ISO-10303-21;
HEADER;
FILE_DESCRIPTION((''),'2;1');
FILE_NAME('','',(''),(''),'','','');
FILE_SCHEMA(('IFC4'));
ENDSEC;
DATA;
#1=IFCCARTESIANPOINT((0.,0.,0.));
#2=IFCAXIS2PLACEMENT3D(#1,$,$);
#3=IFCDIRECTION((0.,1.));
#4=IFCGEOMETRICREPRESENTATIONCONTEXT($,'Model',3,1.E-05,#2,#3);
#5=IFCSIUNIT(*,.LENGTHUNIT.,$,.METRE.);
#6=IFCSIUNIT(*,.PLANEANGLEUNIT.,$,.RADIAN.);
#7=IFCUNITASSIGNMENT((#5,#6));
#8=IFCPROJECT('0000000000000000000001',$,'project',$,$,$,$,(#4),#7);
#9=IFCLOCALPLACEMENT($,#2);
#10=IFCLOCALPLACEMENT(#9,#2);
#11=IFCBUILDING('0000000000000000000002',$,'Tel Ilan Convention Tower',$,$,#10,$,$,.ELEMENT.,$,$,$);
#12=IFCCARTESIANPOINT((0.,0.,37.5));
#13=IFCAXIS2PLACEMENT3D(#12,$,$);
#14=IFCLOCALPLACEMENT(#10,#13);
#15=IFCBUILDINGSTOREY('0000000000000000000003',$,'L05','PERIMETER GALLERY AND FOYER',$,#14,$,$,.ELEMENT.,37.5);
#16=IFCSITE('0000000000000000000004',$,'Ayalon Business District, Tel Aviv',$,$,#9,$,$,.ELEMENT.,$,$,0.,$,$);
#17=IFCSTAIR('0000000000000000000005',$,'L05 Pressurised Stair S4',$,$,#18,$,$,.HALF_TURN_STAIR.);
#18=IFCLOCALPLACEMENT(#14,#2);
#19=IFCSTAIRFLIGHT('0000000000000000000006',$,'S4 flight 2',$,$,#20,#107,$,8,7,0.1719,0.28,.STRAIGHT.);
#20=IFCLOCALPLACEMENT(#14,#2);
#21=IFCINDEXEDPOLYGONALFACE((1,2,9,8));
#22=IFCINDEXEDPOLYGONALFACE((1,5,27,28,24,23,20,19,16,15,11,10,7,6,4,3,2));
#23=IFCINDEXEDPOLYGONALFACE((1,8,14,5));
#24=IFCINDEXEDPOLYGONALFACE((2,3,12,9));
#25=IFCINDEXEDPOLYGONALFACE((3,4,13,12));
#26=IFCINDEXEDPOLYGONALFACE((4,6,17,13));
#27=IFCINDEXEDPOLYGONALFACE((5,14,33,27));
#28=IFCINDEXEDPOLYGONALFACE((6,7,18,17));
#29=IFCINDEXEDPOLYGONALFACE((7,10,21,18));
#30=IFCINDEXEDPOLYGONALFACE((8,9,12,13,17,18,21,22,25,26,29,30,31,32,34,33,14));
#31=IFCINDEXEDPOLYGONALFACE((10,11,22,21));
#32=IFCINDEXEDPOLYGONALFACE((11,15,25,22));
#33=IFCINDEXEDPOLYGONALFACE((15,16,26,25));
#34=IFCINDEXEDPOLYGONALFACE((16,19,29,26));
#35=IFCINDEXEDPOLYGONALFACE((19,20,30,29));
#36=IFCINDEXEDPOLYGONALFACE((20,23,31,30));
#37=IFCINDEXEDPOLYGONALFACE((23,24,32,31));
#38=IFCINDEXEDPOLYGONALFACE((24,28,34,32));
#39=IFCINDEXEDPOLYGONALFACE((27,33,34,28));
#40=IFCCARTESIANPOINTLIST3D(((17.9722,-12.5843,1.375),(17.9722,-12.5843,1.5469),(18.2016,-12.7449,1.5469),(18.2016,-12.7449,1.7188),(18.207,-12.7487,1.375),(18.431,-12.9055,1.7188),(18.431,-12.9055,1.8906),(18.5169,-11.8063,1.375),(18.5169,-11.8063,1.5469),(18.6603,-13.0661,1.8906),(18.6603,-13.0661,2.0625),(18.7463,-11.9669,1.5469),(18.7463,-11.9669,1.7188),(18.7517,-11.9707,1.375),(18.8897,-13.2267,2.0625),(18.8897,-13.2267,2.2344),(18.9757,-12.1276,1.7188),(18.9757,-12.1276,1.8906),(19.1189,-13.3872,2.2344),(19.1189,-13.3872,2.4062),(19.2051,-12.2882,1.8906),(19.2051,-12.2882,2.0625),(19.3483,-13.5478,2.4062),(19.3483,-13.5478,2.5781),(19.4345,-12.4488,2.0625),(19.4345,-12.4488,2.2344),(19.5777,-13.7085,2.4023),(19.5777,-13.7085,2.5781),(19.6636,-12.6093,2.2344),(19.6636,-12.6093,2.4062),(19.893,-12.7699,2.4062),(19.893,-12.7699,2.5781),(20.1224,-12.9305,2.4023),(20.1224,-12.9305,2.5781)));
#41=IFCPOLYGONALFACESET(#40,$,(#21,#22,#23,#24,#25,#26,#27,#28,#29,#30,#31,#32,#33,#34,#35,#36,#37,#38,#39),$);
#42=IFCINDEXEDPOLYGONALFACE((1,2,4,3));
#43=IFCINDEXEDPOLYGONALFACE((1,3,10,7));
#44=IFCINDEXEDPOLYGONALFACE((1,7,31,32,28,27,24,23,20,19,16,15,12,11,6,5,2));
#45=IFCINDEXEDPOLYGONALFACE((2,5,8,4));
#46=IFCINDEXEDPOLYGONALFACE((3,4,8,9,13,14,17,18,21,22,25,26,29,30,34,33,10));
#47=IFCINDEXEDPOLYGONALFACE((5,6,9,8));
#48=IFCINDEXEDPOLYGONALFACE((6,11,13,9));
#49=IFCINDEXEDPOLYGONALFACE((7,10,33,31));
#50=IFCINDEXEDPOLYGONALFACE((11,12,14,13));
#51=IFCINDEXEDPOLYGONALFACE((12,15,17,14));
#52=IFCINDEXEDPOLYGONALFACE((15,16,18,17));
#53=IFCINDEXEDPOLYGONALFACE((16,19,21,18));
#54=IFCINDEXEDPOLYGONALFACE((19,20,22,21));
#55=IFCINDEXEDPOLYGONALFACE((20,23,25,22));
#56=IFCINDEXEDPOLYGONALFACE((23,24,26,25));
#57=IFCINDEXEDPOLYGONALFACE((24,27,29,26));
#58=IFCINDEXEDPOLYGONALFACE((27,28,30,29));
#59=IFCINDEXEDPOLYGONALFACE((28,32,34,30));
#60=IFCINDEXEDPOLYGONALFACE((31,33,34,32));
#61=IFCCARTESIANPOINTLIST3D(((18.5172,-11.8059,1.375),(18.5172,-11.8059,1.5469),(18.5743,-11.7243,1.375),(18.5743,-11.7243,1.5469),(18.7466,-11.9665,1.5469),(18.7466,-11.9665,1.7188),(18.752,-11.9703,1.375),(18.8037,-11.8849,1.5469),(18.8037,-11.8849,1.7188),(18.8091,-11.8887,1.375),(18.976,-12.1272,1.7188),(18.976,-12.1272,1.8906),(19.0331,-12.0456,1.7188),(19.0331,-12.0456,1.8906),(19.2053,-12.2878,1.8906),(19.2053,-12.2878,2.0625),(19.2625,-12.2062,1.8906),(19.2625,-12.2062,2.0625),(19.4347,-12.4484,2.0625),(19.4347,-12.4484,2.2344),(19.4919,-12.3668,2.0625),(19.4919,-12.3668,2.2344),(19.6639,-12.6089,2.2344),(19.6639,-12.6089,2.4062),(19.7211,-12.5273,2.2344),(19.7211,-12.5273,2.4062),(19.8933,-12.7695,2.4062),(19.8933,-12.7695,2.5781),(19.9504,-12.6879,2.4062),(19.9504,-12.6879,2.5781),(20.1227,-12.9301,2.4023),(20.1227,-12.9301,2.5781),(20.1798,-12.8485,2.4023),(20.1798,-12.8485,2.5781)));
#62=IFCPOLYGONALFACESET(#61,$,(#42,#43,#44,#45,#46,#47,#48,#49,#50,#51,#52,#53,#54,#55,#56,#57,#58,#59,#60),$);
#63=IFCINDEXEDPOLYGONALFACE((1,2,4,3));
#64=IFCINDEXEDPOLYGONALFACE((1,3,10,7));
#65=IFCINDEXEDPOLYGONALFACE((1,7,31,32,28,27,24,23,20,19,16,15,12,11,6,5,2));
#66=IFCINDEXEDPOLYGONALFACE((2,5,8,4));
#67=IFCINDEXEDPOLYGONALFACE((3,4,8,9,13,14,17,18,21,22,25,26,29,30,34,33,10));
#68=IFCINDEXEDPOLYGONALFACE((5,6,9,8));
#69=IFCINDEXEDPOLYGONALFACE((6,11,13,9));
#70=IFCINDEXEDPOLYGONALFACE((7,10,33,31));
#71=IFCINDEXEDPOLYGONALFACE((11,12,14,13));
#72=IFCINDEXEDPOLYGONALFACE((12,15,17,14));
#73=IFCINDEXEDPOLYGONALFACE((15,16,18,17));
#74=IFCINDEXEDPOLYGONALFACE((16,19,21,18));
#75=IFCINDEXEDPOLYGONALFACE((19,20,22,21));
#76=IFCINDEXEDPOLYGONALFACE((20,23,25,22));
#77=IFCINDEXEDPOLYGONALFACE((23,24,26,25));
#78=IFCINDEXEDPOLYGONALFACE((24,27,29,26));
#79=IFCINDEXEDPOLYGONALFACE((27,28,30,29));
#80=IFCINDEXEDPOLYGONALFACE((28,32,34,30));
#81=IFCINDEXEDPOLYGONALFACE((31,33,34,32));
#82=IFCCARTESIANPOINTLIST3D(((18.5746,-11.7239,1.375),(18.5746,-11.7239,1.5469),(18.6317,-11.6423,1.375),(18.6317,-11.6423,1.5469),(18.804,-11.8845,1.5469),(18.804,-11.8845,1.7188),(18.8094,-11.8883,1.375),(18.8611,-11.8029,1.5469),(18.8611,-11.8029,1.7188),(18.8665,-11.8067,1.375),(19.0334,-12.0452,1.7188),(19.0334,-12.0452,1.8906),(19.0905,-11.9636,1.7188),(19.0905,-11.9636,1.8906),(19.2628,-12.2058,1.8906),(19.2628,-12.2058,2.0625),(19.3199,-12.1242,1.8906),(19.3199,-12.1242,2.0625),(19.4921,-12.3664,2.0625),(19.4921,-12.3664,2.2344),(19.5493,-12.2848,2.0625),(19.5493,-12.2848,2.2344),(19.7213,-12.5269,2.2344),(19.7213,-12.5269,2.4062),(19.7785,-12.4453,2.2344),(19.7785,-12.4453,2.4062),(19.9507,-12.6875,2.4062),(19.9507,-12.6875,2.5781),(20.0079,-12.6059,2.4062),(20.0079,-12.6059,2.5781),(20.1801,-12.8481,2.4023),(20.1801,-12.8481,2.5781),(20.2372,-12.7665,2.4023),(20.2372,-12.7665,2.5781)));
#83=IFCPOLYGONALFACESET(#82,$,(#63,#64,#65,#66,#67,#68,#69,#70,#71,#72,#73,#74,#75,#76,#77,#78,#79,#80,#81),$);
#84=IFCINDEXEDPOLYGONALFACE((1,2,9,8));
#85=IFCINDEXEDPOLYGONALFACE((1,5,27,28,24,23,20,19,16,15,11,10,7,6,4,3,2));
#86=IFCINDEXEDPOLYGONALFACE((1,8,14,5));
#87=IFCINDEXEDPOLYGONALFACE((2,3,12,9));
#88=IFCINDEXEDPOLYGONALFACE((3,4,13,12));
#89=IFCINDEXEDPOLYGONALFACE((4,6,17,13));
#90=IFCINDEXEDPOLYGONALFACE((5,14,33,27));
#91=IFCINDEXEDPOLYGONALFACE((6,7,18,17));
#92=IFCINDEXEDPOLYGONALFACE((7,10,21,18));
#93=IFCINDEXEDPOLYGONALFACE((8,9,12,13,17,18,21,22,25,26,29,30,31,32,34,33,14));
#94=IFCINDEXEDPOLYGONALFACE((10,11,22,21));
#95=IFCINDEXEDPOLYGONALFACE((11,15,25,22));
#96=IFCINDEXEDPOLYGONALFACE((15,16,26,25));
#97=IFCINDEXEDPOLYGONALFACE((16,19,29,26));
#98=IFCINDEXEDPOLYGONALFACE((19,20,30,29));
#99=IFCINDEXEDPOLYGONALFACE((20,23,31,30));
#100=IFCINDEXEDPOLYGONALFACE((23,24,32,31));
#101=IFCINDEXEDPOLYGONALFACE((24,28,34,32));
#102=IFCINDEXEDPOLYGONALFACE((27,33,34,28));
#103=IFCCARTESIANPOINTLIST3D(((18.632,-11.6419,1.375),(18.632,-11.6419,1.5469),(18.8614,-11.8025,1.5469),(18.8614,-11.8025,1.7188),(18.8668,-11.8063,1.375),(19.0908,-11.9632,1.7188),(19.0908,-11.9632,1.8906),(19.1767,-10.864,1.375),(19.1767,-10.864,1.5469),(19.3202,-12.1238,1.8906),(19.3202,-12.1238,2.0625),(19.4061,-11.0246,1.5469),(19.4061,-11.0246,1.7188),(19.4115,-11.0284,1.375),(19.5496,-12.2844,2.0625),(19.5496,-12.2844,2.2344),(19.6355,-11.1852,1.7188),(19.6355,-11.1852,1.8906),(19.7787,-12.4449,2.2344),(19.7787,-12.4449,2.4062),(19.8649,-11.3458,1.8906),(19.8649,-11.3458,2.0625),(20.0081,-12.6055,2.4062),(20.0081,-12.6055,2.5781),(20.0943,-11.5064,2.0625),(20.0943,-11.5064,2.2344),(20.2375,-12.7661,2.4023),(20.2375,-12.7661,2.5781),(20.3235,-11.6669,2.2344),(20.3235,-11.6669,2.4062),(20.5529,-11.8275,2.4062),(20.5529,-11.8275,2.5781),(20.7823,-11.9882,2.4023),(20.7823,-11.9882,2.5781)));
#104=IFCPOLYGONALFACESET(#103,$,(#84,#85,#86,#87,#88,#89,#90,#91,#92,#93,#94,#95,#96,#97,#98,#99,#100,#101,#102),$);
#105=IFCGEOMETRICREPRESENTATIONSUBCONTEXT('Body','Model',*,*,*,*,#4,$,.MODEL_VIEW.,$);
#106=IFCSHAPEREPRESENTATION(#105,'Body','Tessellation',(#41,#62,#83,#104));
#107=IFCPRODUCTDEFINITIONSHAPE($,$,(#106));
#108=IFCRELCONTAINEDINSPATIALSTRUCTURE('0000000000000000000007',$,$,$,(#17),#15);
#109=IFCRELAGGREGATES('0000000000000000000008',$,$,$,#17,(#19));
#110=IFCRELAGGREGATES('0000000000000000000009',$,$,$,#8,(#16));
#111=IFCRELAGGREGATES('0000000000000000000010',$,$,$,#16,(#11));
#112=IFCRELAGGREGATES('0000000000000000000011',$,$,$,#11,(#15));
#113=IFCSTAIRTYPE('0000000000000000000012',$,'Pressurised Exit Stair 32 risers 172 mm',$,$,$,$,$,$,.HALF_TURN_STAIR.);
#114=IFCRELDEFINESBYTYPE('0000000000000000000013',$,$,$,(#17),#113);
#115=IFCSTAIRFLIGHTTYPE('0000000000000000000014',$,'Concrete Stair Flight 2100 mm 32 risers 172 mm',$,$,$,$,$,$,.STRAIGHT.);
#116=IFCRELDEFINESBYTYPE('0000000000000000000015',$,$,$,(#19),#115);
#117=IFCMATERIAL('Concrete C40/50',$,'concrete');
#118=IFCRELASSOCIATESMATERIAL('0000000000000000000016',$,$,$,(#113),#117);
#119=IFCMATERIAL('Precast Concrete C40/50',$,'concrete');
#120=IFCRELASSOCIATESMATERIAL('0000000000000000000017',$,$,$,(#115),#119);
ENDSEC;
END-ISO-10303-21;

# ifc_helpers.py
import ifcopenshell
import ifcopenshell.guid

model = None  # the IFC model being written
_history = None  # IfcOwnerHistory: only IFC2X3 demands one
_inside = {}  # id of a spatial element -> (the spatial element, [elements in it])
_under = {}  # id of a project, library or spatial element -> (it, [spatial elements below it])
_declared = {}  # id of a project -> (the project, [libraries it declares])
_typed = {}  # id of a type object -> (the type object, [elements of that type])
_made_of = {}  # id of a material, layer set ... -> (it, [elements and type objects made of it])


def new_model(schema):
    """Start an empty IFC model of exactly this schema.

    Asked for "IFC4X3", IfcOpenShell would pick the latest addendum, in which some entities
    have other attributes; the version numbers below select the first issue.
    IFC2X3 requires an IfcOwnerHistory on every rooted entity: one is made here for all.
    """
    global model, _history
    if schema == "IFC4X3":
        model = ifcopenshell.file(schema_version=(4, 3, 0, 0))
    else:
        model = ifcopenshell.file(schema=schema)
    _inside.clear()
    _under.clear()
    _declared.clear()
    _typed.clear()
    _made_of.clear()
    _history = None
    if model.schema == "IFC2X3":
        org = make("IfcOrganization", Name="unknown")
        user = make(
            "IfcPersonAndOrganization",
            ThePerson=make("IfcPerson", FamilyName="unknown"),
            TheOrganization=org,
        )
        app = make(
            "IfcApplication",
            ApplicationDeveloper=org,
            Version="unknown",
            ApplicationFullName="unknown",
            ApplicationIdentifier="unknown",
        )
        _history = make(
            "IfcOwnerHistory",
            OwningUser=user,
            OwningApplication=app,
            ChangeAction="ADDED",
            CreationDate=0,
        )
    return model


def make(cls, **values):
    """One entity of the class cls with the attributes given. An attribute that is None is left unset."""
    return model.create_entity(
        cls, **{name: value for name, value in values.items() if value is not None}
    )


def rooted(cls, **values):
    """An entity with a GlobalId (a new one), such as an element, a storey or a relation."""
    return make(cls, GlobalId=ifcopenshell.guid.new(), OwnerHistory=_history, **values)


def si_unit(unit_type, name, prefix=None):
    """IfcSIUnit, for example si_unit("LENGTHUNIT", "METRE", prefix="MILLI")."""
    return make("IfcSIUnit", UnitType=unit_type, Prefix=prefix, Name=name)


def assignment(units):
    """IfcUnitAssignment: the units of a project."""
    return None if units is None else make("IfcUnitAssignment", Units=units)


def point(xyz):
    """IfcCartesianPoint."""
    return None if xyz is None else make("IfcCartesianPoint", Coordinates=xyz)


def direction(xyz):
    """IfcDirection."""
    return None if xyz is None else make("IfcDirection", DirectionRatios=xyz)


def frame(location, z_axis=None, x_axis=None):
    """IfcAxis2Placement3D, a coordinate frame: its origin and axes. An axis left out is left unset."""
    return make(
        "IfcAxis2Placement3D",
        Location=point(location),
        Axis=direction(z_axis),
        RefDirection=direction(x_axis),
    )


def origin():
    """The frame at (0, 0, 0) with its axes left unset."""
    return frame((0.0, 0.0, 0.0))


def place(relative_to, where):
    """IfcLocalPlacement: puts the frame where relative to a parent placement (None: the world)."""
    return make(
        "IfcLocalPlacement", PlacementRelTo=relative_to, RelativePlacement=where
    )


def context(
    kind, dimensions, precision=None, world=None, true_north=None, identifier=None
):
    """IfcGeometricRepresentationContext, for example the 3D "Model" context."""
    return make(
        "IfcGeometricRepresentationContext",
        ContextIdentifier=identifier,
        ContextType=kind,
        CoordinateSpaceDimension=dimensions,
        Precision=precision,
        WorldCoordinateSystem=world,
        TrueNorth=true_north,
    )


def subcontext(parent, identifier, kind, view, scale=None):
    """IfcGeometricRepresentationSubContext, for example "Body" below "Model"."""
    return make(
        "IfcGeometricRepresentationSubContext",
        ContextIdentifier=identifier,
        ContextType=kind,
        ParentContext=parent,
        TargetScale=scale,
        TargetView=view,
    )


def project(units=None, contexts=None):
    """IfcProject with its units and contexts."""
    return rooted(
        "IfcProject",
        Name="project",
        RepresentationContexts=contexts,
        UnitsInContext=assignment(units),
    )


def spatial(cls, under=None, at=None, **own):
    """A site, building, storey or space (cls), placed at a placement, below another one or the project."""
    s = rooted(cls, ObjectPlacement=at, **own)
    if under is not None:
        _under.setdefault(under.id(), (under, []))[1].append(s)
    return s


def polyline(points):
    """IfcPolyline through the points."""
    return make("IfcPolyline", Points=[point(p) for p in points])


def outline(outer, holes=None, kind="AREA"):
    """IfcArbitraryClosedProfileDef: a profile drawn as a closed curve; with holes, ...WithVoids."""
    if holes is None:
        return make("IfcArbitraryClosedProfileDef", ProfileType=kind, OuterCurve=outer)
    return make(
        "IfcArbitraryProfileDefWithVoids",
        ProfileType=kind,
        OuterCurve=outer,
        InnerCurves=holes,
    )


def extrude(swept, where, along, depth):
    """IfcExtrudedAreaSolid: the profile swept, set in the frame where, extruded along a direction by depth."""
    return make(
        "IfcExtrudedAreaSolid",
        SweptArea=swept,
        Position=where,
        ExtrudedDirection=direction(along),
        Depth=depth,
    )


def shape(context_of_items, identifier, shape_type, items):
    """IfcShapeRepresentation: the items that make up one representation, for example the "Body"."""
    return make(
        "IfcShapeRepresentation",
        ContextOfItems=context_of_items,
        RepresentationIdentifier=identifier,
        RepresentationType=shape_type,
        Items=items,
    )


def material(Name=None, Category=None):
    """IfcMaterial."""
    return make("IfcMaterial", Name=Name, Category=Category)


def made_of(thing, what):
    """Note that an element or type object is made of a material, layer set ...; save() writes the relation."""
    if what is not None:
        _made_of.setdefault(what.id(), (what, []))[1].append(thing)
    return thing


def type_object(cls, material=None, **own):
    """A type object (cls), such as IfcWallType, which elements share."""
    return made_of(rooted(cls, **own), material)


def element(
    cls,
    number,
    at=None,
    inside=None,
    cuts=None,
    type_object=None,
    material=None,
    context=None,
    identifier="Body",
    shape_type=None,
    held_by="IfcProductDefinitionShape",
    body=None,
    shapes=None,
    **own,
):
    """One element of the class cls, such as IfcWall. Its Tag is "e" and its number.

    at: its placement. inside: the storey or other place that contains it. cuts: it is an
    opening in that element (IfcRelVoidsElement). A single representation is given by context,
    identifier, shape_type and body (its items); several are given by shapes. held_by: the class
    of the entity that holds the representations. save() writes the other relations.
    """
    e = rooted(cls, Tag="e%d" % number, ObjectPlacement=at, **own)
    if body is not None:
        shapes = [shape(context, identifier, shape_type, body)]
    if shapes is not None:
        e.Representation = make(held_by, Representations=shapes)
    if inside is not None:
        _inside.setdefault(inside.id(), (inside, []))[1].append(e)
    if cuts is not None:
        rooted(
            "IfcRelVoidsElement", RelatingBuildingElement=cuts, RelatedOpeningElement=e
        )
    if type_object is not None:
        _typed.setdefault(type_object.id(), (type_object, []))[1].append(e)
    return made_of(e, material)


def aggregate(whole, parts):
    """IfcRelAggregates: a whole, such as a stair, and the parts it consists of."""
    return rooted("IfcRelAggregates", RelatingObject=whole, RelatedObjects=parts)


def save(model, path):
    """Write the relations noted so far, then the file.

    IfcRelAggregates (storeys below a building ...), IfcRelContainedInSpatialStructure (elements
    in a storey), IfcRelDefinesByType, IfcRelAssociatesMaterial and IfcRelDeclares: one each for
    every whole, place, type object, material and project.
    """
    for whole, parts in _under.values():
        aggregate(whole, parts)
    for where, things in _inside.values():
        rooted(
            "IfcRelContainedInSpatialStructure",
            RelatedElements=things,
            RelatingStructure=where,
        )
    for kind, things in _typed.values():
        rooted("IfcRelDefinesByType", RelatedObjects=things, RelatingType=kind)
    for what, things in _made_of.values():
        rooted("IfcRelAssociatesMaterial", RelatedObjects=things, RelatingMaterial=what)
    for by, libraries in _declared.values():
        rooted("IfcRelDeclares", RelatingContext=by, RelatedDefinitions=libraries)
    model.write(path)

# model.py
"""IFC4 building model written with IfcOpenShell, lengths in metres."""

from ifc_helpers import new_model, si_unit, direction, frame, origin, place, context, subcontext, project, spatial, polyline, outline, extrude, material, type_object, element, aggregate, save


model = new_model("IFC4")

# Units and contexts
model_context = context("Model", 3, precision=1e-05, world=origin(), true_north=direction((0.0, 1.0)))
body_context = subcontext(model_context, "Body", "Model", "MODEL_VIEW")
ifc_project = project(units=[si_unit("LENGTHUNIT", "METRE"), si_unit("PLANEANGLEUNIT", "RADIAN")], contexts=[model_context])

# Site, building, storey
site_placement = place(None, origin())
site = spatial("IfcSite", under=ifc_project, at=site_placement, Name="Ayalon Business District, Tel Aviv", CompositionType="ELEMENT", RefElevation=0.0)
building_placement = place(site_placement, origin())
building = spatial("IfcBuilding", under=site, at=building_placement, Name="Tel Ilan Convention Tower", CompositionType="ELEMENT")
storey_placement = place(building_placement, frame((0.0, 0.0, 37.5)))
storey = spatial("IfcBuildingStorey", under=building, at=storey_placement, Name="L05", Description="PERIMETER GALLERY AND FOYER", CompositionType="ELEMENT", Elevation=37.5)

# Stair, stair flight
ifc_material_1 = material(Name="Concrete C40/50", Category="concrete")
stair_type = type_object("IfcStairType", Name="Pressurised Exit Stair 32 risers 172 mm", PredefinedType="HALF_TURN_STAIR", material=ifc_material_1)
stair_placement = place(storey_placement, origin())
stair = element("IfcStair", 1, at=stair_placement, inside=storey, type_object=stair_type, Name="L05 Pressurised Stair S4", PredefinedType="HALF_TURN_STAIR")
ifc_material_2 = material(Name="Precast Concrete C40/50", Category="concrete")
stair_flight_type = type_object("IfcStairFlightType", Name="Concrete Stair Flight 2100 mm 32 risers 172 mm", PredefinedType="STRAIGHT", material=ifc_material_2)
stair_flight_1_placement = place(storey_placement, frame((18.5745, -11.7241, 1.375), z_axis=(0.0, 0.0, 1.0), x_axis=(0.819152, -0.573576, 0.0)))
stair_flight_1 = element("IfcStairFlight", 2, at=stair_flight_1_placement, type_object=stair_flight_type, Name="S4 flight 2", NumberOfRisers=8, NumberOfTreads=7, PredefinedType="STRAIGHT", RiserHeight=0.1719, TreadLength=0.28, context=body_context, shape_type="SweptSolid", body=[
    extrude(outline(polyline([(0.0, 0.0), (0.0, 0.1719), (0.28, 0.1719), (0.28, 0.3438), (0.5601, 0.3438), (0.5601, 0.5156), (0.8401, 0.5156), (0.8401, 0.6875), (1.1201, 0.6875), (1.1201, 0.8594), (1.3999, 0.8594), (1.3999, 1.0312), (1.6799, 1.0312), (1.6799, 1.2031), (1.96, 1.2031), (1.96, 1.375), (1.96, 1.0273), (0.2866, 0.0), (0.0, 0.0)])), frame((0.0, -0.1003, 0.0), z_axis=(0.0, -1.0, 0.0), x_axis=(1.0, 0.0, 0.0)), (0.0, 0.0, 1.0), 0.9497),
    extrude(outline(polyline([(0.0, 0.0), (0.0, 0.1719), (0.28, 0.1719), (0.28, 0.3438), (0.5601, 0.3438), (0.5601, 0.5156), (0.8401, 0.5156), (0.8401, 0.6875), (1.1201, 0.6875), (1.1201, 0.8594), (1.3999, 0.8594), (1.3999, 1.0312), (1.6799, 1.0312), (1.6799, 1.2031), (1.96, 1.2031), (1.96, 1.375), (1.96, 1.0273), (0.2866, 0.0), (0.0, 0.0)])), frame((0.0, -0.0002, 0.0), z_axis=(0.0, -1.0, 0.0), x_axis=(1.0, 0.0, 0.0)), (0.0, 0.0, 1.0), 0.0996),
    extrude(outline(polyline([(0.0, 0.0), (0.0, 0.1719), (0.28, 0.1719), (0.28, 0.3438), (0.5601, 0.3438), (0.5601, 0.5156), (0.8401, 0.5156), (0.8401, 0.6875), (1.1201, 0.6875), (1.1201, 0.8594), (1.3999, 0.8594), (1.3999, 1.0312), (1.6799, 1.0312), (1.6799, 1.2031), (1.96, 1.2031), (1.96, 1.375), (1.96, 1.0273), (0.2866, 0.0), (0.0, 0.0)])), frame((0.0, 0.0999, 0.0), z_axis=(0.0, -1.0, 0.0), x_axis=(1.0, 0.0, 0.0)), (0.0, 0.0, 1.0), 0.0996),
    extrude(outline(polyline([(0.0, 0.0), (0.0, 0.1719), (0.28, 0.1719), (0.28, 0.3438), (0.5601, 0.3438), (0.5601, 0.5156), (0.8401, 0.5156), (0.8401, 0.6875), (1.1201, 0.6875), (1.1201, 0.8594), (1.3999, 0.8594), (1.3999, 1.0312), (1.6799, 1.0312), (1.6799, 1.2031), (1.96, 1.2031), (1.96, 1.375), (1.96, 1.0273), (0.2866, 0.0), (0.0, 0.0)])), frame((0.0, 1.05, 0.0), z_axis=(0.0, -1.0, 0.0), x_axis=(1.0, 0.0, 0.0)), (0.0, 0.0, 1.0), 0.9497),
])
aggregate(stair, [stair_flight_1])

save(model, "model.ifc")
